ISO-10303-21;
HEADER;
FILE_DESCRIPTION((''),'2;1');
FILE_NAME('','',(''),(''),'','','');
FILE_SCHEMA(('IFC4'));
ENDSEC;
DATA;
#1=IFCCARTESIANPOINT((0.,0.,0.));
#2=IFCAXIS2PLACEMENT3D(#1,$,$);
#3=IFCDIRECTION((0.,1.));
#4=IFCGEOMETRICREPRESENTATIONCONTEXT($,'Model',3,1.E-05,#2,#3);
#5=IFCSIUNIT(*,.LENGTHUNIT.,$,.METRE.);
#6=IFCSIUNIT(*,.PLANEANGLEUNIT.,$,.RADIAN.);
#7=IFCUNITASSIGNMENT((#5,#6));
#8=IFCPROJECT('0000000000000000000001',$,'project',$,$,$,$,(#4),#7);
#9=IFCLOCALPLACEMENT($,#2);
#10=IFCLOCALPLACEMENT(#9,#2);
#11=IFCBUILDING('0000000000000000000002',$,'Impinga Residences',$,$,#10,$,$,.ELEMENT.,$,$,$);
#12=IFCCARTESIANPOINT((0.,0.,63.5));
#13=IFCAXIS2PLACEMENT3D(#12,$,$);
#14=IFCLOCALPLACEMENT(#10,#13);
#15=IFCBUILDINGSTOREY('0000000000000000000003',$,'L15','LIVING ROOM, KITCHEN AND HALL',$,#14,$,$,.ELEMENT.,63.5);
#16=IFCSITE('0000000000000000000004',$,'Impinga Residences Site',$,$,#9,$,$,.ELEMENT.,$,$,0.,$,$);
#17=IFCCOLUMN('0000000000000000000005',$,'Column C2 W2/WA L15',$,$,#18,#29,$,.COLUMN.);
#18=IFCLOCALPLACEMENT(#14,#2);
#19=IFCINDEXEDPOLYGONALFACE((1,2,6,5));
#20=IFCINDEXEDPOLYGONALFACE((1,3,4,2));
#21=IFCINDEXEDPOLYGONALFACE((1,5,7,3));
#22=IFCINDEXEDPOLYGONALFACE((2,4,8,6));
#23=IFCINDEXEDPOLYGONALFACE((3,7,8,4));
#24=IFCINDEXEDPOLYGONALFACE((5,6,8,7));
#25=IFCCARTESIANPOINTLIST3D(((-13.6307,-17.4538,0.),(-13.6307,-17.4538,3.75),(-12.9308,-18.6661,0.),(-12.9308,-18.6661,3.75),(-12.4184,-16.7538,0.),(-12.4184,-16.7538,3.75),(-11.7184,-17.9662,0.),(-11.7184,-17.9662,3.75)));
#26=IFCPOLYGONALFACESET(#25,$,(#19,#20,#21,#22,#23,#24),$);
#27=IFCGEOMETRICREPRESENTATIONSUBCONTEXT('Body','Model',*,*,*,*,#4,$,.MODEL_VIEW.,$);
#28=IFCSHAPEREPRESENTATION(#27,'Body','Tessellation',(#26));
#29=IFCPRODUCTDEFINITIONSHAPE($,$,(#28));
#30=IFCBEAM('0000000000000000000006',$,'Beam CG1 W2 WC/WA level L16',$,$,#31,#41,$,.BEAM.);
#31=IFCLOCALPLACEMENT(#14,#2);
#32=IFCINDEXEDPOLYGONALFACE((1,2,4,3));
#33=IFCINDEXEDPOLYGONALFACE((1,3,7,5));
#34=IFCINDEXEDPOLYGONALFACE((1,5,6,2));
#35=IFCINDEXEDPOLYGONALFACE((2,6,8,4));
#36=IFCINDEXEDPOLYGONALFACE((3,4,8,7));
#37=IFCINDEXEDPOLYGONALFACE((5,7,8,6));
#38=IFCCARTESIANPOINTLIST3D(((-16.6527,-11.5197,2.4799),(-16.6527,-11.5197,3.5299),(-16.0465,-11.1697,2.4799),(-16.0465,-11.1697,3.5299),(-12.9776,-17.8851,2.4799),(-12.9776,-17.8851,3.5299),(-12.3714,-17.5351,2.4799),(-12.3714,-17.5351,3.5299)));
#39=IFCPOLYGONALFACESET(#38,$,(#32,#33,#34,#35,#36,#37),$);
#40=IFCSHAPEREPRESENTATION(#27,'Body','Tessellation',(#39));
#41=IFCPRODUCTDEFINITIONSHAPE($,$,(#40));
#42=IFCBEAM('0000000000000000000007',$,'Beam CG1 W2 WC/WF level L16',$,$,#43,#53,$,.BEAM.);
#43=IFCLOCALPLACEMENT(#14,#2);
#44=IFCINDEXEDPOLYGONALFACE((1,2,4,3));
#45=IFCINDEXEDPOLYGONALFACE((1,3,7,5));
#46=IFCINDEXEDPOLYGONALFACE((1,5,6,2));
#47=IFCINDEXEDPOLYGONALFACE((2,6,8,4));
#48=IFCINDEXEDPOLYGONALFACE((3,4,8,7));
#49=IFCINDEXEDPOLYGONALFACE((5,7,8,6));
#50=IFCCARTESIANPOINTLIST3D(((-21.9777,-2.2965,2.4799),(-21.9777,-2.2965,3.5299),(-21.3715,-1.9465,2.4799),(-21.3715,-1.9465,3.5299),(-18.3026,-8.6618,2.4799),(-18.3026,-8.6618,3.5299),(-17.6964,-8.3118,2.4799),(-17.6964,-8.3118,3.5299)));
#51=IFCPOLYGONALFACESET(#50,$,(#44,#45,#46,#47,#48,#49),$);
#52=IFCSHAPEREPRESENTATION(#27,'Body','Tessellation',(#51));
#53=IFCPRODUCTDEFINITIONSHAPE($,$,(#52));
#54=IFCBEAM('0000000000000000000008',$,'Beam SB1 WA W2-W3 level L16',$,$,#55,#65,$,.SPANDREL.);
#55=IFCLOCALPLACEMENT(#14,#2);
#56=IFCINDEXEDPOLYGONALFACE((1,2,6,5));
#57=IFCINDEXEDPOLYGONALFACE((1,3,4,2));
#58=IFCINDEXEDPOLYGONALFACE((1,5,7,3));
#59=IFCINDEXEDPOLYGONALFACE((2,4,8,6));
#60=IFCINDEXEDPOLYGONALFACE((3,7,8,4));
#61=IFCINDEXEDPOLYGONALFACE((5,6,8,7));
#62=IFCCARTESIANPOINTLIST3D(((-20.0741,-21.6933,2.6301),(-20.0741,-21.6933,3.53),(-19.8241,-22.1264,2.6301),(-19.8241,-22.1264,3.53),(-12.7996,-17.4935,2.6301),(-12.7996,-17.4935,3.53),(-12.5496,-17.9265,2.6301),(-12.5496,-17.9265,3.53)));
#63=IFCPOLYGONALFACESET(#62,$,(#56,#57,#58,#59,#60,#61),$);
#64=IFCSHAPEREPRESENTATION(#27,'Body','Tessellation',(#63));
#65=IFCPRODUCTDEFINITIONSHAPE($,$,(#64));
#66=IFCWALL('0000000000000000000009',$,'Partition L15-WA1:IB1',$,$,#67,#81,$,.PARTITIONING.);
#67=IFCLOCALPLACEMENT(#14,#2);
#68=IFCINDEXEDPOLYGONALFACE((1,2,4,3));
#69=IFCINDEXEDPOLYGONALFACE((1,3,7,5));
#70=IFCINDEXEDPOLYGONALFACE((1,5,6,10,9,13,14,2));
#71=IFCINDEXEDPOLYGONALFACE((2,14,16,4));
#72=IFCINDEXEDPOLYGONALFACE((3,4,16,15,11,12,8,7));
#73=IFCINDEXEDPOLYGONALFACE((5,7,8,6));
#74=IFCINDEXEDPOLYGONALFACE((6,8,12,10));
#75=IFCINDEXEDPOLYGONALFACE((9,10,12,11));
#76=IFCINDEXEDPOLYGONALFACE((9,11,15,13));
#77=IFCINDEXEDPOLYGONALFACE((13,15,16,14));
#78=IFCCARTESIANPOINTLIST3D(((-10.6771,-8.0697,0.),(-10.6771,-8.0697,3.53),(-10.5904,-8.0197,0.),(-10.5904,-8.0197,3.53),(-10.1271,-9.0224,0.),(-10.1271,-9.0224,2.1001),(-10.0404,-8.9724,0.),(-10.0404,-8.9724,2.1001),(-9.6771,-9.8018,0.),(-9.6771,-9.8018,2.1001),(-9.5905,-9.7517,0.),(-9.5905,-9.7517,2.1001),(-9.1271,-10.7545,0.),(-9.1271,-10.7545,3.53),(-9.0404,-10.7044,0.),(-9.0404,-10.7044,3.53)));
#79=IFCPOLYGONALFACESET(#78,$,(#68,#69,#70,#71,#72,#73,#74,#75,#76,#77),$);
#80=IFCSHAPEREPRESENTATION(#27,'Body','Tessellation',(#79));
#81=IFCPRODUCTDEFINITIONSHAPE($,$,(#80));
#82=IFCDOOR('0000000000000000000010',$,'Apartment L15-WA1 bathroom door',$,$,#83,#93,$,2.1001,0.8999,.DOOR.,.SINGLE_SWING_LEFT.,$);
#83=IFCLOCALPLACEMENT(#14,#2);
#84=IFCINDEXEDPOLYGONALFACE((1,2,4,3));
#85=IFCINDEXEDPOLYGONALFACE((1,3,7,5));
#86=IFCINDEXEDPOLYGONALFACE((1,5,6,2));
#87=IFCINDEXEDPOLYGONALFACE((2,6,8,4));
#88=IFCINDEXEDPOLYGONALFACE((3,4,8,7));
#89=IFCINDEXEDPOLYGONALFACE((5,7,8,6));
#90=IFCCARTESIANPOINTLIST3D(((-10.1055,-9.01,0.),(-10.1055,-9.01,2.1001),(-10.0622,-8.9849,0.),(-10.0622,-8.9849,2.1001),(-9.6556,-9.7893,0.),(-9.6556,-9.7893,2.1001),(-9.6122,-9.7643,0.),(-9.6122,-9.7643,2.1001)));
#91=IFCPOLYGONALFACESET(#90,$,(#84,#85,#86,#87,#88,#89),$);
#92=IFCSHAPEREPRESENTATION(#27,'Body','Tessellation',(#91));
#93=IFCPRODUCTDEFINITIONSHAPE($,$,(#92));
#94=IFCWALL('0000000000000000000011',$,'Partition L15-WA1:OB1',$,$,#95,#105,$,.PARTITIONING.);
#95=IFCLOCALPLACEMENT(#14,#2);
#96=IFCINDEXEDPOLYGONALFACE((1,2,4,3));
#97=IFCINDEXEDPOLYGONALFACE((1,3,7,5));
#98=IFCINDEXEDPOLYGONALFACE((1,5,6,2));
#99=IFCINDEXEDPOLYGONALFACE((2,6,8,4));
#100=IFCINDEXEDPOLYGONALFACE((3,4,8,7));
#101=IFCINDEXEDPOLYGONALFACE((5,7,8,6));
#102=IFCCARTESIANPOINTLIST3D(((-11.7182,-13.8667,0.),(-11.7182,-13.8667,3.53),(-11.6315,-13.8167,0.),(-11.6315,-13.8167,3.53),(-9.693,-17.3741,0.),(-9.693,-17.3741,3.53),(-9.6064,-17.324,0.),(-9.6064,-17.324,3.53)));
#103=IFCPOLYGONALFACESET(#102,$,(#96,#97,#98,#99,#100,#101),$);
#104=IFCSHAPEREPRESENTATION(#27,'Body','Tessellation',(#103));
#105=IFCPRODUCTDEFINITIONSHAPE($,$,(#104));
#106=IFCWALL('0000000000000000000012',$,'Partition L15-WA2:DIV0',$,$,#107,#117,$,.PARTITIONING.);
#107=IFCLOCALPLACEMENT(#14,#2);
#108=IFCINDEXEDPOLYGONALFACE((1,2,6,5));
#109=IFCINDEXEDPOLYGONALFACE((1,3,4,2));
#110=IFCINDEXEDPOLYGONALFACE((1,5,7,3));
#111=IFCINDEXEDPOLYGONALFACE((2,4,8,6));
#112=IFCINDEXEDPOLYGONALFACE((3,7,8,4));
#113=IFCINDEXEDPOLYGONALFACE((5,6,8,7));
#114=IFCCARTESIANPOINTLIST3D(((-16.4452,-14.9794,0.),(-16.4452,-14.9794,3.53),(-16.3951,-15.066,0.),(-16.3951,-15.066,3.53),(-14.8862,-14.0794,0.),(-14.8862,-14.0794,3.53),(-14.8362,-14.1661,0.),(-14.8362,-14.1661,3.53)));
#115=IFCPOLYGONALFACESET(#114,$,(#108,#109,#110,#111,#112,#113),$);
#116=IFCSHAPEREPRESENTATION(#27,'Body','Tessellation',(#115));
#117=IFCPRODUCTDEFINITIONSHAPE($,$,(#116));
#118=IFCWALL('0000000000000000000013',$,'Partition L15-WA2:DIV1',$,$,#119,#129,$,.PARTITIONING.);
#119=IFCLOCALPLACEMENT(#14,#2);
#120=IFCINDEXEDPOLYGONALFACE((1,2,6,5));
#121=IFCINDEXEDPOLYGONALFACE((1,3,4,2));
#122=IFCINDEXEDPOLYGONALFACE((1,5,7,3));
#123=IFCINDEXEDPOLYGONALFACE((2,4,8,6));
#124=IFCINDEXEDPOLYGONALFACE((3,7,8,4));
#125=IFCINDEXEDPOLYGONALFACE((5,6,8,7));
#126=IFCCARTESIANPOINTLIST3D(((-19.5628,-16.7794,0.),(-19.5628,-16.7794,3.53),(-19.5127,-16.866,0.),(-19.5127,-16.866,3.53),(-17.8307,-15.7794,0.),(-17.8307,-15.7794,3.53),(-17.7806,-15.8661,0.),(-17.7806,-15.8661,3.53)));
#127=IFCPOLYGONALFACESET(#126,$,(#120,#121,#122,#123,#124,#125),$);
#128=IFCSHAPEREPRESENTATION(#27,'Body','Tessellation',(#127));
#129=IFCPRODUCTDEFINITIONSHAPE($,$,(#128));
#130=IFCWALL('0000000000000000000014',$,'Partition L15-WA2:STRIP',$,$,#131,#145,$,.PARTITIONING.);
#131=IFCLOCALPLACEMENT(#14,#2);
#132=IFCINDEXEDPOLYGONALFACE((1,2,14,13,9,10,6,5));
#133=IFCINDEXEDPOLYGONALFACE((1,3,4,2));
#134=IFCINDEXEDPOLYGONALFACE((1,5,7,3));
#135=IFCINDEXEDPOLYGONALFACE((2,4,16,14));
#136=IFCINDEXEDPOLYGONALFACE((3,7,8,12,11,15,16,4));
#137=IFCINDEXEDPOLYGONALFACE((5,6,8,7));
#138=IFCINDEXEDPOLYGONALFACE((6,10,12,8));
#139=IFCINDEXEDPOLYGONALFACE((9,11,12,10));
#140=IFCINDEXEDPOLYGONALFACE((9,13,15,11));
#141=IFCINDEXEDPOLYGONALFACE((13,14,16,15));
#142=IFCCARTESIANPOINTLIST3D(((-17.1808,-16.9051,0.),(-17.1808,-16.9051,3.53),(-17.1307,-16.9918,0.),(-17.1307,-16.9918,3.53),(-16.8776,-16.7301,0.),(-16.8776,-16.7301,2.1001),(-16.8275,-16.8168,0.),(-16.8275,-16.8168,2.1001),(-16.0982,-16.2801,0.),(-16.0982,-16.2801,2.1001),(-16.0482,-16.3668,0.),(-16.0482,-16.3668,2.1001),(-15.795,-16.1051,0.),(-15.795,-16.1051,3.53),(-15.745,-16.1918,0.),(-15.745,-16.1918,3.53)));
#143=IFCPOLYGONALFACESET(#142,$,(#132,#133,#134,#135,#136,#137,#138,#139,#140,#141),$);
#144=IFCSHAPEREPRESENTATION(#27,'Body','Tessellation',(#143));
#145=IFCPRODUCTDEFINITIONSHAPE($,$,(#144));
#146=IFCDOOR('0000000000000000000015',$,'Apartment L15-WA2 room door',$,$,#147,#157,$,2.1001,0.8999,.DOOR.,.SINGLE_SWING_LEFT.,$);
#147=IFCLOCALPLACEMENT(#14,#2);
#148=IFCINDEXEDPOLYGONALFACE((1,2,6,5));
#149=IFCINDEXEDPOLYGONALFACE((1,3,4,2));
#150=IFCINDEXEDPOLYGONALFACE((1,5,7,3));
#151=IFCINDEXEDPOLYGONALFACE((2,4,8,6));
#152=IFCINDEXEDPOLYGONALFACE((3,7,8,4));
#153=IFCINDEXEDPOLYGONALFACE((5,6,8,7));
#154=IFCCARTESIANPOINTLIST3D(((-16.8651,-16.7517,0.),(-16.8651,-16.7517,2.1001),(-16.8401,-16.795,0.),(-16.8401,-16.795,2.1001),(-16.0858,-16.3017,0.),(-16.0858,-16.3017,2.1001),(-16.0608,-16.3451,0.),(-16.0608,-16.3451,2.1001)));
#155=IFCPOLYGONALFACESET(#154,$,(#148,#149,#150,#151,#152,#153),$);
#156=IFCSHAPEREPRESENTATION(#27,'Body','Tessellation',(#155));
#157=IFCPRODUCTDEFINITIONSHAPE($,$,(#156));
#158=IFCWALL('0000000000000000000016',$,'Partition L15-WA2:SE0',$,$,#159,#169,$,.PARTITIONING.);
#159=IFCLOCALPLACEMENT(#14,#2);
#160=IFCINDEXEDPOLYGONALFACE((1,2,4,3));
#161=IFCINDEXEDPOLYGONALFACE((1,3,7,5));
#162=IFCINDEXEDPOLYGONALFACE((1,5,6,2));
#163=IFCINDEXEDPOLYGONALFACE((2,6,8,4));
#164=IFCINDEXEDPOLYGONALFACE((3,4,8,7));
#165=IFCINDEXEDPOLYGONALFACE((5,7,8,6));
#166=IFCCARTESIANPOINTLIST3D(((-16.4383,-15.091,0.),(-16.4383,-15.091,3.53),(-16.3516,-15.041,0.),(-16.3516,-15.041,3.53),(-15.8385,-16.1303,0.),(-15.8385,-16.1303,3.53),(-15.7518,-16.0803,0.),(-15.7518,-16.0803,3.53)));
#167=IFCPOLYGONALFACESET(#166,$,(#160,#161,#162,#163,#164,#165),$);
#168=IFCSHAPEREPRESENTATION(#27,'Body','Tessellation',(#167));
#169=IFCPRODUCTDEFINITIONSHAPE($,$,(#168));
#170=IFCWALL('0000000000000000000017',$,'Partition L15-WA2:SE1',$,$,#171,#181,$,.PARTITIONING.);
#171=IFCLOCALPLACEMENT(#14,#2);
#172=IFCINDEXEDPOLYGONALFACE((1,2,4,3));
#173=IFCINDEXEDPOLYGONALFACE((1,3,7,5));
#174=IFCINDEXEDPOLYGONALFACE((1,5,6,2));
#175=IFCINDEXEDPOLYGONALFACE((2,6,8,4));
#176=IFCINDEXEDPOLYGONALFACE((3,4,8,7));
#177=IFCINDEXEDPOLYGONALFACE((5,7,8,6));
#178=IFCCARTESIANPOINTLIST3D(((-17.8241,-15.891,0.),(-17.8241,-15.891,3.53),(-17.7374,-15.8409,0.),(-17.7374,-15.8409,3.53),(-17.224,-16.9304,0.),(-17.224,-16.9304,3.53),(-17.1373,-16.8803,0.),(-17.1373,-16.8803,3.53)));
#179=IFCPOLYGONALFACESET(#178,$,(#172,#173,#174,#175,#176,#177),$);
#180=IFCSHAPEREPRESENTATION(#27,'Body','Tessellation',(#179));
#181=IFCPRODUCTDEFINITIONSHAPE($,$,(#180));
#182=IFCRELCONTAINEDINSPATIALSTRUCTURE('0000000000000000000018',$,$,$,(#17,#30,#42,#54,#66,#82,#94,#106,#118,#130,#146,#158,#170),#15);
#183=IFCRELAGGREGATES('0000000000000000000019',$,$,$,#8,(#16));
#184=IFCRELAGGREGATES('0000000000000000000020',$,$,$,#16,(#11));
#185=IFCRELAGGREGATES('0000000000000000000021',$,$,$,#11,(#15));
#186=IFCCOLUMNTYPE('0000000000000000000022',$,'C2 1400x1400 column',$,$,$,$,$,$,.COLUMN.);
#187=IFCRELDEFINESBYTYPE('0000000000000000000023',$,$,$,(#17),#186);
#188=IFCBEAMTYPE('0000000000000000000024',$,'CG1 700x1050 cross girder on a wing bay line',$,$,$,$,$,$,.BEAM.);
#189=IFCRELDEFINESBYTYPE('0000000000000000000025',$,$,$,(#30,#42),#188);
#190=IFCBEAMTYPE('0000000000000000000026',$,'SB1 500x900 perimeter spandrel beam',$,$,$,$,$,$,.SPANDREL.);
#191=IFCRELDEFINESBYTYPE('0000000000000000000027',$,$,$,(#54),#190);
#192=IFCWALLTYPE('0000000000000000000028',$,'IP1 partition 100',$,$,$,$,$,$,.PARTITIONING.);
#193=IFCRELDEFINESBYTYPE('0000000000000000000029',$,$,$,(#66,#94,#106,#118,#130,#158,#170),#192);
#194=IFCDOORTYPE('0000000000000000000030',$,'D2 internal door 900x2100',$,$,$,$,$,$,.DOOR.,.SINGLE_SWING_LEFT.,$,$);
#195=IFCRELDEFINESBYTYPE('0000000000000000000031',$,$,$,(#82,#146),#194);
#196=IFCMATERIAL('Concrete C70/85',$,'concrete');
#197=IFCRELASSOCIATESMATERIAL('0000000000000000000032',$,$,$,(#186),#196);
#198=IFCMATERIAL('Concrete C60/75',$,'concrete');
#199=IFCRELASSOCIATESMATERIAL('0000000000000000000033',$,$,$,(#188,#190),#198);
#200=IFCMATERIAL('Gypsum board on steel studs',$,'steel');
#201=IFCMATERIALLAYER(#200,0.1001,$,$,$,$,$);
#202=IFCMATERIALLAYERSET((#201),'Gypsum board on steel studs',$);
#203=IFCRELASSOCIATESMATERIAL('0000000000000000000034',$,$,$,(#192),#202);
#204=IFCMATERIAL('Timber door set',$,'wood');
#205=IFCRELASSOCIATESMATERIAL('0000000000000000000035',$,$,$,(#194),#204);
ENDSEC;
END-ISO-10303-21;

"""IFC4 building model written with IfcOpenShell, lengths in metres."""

from ifc_helpers import new_model, si_unit, direction, frame, frame_2d, origin, origin_2d, place, context, subcontext, project, spatial, rectangle, extrude, material, layer, layer_set, material_profile, profile_set, type_object, element, fill, save


model = new_model("IFC4")

# Units and contexts
model_context = context("Model", 3, precision=1e-05, world=origin(), true_north=direction((0.0, 1.0)))
body_context = subcontext(model_context, "Body", "Model", "MODEL_VIEW")
ifc_project = project(units=[si_unit("LENGTHUNIT", "METRE"), si_unit("PLANEANGLEUNIT", "RADIAN")], contexts=[model_context])

# Site, building, storey
site_placement = place(None, origin())
site = spatial("IfcSite", under=ifc_project, at=site_placement, Name="Impinga Residences Site", CompositionType="ELEMENT", RefElevation=0.0)
building_placement = place(site_placement, origin())
building = spatial("IfcBuilding", under=site, at=building_placement, Name="Impinga Residences", CompositionType="ELEMENT")
storey_placement = place(building_placement, frame((0.0, 0.0, 63.5)))
storey = spatial("IfcBuildingStorey", under=building, at=storey_placement, Name="L15", Description="LIVING ROOM, KITCHEN AND HALL", CompositionType="ELEMENT", Elevation=63.5)

# Column
ifc_material_1 = material(Name="Concrete C70/85", Category="concrete")
ifc_material_profile_1 = material_profile(ifc_material_1, rectangle(XDim=1.3999, YDim=1.3999, at=origin_2d()), Name="RC 1400x1400")
ifc_profile_set_1 = profile_set([ifc_material_profile_1], Name="Concrete C70/85")
column_type = type_object("IfcColumnType", Name="C2 1400x1400 column", PredefinedType="COLUMN", material=ifc_profile_set_1)
column_placement = place(storey_placement, frame((-12.6746, -17.71, 0.0), z_axis=(0.0, 0.0, 1.0), x_axis=(-0.5, 0.866025, 0.0)))
element("IfcColumn", 1, at=column_placement, inside=storey, type_object=column_type, Name="Column C2 W2/WA L15", PredefinedType="COLUMN", context=body_context, shape_type="SweptSolid", body=[
    extrude(rectangle(XDim=1.3999, YDim=1.3999, at=origin_2d()), origin(), (0.0, 0.0, 1.0), 3.75),
])

# Beams
ifc_material_2 = material(Name="Concrete C60/75", Category="concrete")
ifc_material_profile_2 = material_profile(ifc_material_2, rectangle(XDim=0.7, YDim=1.05, at=origin_2d()), Name="RC 700x1050")
ifc_profile_set_2 = profile_set([ifc_material_profile_2], Name="Concrete C60/75")
beam_type_1 = type_object("IfcBeamType", Name="CG1 700x1050 cross girder on a wing bay line", PredefinedType="BEAM", material=ifc_profile_set_2)
for number, where, z_axis, x_axis, name in (
    (2, (-16.3496, -11.3447, 3.0049), (0.500008, -0.866021, 0.0), (0.866021, 0.500008, 0.0), "Beam CG1 W2 WC/WA level L16"),
    (3, (-17.9995, -8.4868, 3.0049), (-0.500008, 0.866021, 0.0), (-0.866021, -0.500008, 0.0), "Beam CG1 W2 WC/WF level L16"),
):
    element("IfcBeam", number, at=place(storey_placement, frame(where, z_axis=z_axis, x_axis=x_axis)), inside=storey, type_object=beam_type_1, Name=name, PredefinedType="BEAM", context=body_context, shape_type="SweptSolid", body=[
        extrude(rectangle(XDim=0.7, YDim=1.05, at=origin_2d()), origin(), (0.0, 0.0, 1.0), 7.3501),
    ])
ifc_material_profile_3 = material_profile(ifc_material_2, rectangle(XDim=0.5, YDim=0.8999, at=origin_2d()), Name="RC 500x900")
ifc_profile_set_3 = profile_set([ifc_material_profile_3], Name="Concrete C60/75")
beam_type_2 = type_object("IfcBeamType", Name="SB1 500x900 perimeter spandrel beam", PredefinedType="SPANDREL", material=ifc_profile_set_3)
beam_placement = place(storey_placement, frame((-12.6746, -17.71, 3.0801), z_axis=(-0.866029, -0.499993, 0.0), x_axis=(0.499993, -0.866029, 0.0)))
element("IfcBeam", 4, at=beam_placement, inside=storey, type_object=beam_type_2, Name="Beam SB1 WA W2-W3 level L16", PredefinedType="SPANDREL", context=body_context, shape_type="SweptSolid", body=[
    extrude(rectangle(XDim=0.5, YDim=0.8999, at=origin_2d()), origin(), (0.0, 0.0, 1.0), 8.3999),
])

# Wall, opening, door
ifc_material_3 = material(Name="Gypsum board on steel studs", Category="steel")
ifc_layer_1 = layer(ifc_material_3, 0.1001)
ifc_layer_set_1 = layer_set([ifc_layer_1], Name="Gypsum board on steel studs")
wall_type_1 = type_object("IfcWallType", Name="IP1 partition 100", PredefinedType="PARTITIONING", material=ifc_layer_set_1)
wall_1_placement = place(storey_placement, frame((-10.6338, -8.0447, 0.0), z_axis=(0.0, 0.0, 1.0), x_axis=(0.499993, -0.86603, 0.0)))
wall_1 = element("IfcWall", 5, at=wall_1_placement, inside=storey, type_object=wall_type_1, Name="Partition L15-WA1:IB1", PredefinedType="PARTITIONING", context=body_context, shape_type="SweptSolid", body=[
    extrude(rectangle(XDim=3.1001, YDim=0.1001, at=frame_2d((1.55, 0.0))), origin(), (0.0, 0.0, 1.0), 3.53),
])
opening_1_placement = place(wall_1_placement, frame((1.1001, 0.0, 0.0)))
opening_1 = element("IfcOpeningElement", 6, at=opening_1_placement, cuts=wall_1, PredefinedType="OPENING", context=body_context, shape_type="SweptSolid", body=[
    extrude(rectangle(XDim=0.8999, YDim=2.1001, at=frame_2d((0.45, 1.05))), frame((0.0, 0.0601, 0.0), z_axis=(0.0, -1.0, 0.0), x_axis=(1.0, 0.0, 0.0)), (0.0, 0.0, 1.0), 0.1201),
])
ifc_material_4 = material(Name="Timber door set", Category="wood")
door_type = type_object("IfcDoorType", Name="D2 internal door 900x2100", OperationType="SINGLE_SWING_LEFT", PredefinedType="DOOR", material=ifc_material_4)
door_1_placement = place(opening_1_placement, origin())
door_1 = element("IfcDoor", 7, at=door_1_placement, inside=storey, type_object=door_type, Name="Apartment L15-WA1 bathroom door", OperationType="SINGLE_SWING_LEFT", OverallHeight=2.1001, OverallWidth=0.8999, PredefinedType="DOOR", context=body_context, shape_type="SweptSolid", body=[
    extrude(rectangle(XDim=0.8999, YDim=2.1001, at=frame_2d((0.45, 1.05))), frame((0.0, 0.0249, 0.0), z_axis=(0.0, -1.0, 0.0), x_axis=(1.0, 0.0, 0.0)), (0.0, 0.0, 1.0), 0.05),
])
fill(opening_1, door_1)

# Walls
wall_2_placement = place(storey_placement, frame((-11.6748, -13.8418, 0.0), z_axis=(0.0, 0.0, 1.0), x_axis=(0.500036, -0.866005, 0.0)))
element("IfcWall", 8, at=wall_2_placement, inside=storey, type_object=wall_type_1, Name="Partition L15-WA1:OB1", PredefinedType="PARTITIONING", context=body_context, shape_type="SweptSolid", body=[
    extrude(rectangle(XDim=4.05, YDim=0.1001, at=frame_2d((2.0249, 0.0))), origin(), (0.0, 0.0, 1.0), 3.53),
])
wall_3_placement = place(storey_placement, frame((-14.8613, -14.1228, 0.0), z_axis=(0.0, 0.0, 1.0), x_axis=(-0.866048, -0.499961, 0.0)))
element("IfcWall", 9, at=wall_3_placement, inside=storey, type_object=wall_type_1, Name="Partition L15-WA2:DIV0", PredefinedType="PARTITIONING", context=body_context, shape_type="SweptSolid", body=[
    extrude(rectangle(XDim=1.8, YDim=0.1001, at=frame_2d((0.8999, 0.0))), origin(), (0.0, 0.0, 1.0), 3.53),
])
wall_4_placement = place(storey_placement, frame((-17.8057, -15.8228, 0.0), z_axis=(0.0, 0.0, 1.0), x_axis=(-0.866041, -0.499973, 0.0)))
element("IfcWall", 10, at=wall_4_placement, inside=storey, type_object=wall_type_1, Name="Partition L15-WA2:DIV1", PredefinedType="PARTITIONING", context=body_context, shape_type="SweptSolid", body=[
    extrude(rectangle(XDim=2.0, YDim=0.1001, at=frame_2d((1.0, 0.0))), origin(), (0.0, 0.0, 1.0), 3.53),
])

# Wall, opening, door
wall_5_placement = place(storey_placement, frame((-15.77, -16.1484, 0.0), z_axis=(0.0, 0.0, 1.0), x_axis=(-0.866028, -0.499995, 0.0)))
wall_5 = element("IfcWall", 11, at=wall_5_placement, inside=storey, type_object=wall_type_1, Name="Partition L15-WA2:STRIP", PredefinedType="PARTITIONING", context=body_context, shape_type="SweptSolid", body=[
    extrude(rectangle(XDim=1.6001, YDim=0.1001, at=frame_2d((0.8, 0.0))), origin(), (0.0, 0.0, 1.0), 3.53),
])
opening_2_placement = place(wall_5_placement, frame((0.3501, 0.0, 0.0)))
opening_2 = element("IfcOpeningElement", 12, at=opening_2_placement, cuts=wall_5, PredefinedType="OPENING", context=body_context, shape_type="SweptSolid", body=[
    extrude(rectangle(XDim=0.8999, YDim=2.1001, at=frame_2d((0.45, 1.05))), frame((0.0, 0.0601, 0.0), z_axis=(0.0, -1.0, 0.0), x_axis=(1.0, 0.0, 0.0)), (0.0, 0.0, 1.0), 0.1201),
])
door_2_placement = place(opening_2_placement, origin())
door_2 = element("IfcDoor", 13, at=door_2_placement, inside=storey, type_object=door_type, Name="Apartment L15-WA2 room door", OperationType="SINGLE_SWING_LEFT", OverallHeight=2.1001, OverallWidth=0.8999, PredefinedType="DOOR", context=body_context, shape_type="SweptSolid", body=[
    extrude(rectangle(XDim=0.8999, YDim=2.1001, at=frame_2d((0.45, 1.05))), frame((0.0, 0.0249, 0.0), z_axis=(0.0, -1.0, 0.0), x_axis=(1.0, 0.0, 0.0)), (0.0, 0.0, 1.0), 0.05),
])
fill(opening_2, door_2)

# Walls
wall_6_placement = place(storey_placement, frame((-16.395, -15.0659, 0.0), z_axis=(0.0, 0.0, 1.0), x_axis=(0.499881, -0.866094, 0.0)))
element("IfcWall", 14, at=wall_6_placement, inside=storey, type_object=wall_type_1, Name="Partition L15-WA2:SE0", PredefinedType="PARTITIONING", context=body_context, shape_type="SweptSolid", body=[
    extrude(rectangle(XDim=1.2, YDim=0.1001, at=frame_2d((0.6001, 0.0))), origin(), (0.0, 0.0, 1.0), 3.53),
])
wall_7_placement = place(storey_placement, frame((-17.7808, -15.866, 0.0), z_axis=(0.0, 0.0, 1.0), x_axis=(0.500034, -0.866006, 0.0)))
element("IfcWall", 15, at=wall_7_placement, inside=storey, type_object=wall_type_1, Name="Partition L15-WA2:SE1", PredefinedType="PARTITIONING", context=body_context, shape_type="SweptSolid", body=[
    extrude(rectangle(XDim=1.2002, YDim=0.1001, at=frame_2d((0.6001, 0.0))), origin(), (0.0, 0.0, 1.0), 3.53),
])

save(model, "model.ifc")
